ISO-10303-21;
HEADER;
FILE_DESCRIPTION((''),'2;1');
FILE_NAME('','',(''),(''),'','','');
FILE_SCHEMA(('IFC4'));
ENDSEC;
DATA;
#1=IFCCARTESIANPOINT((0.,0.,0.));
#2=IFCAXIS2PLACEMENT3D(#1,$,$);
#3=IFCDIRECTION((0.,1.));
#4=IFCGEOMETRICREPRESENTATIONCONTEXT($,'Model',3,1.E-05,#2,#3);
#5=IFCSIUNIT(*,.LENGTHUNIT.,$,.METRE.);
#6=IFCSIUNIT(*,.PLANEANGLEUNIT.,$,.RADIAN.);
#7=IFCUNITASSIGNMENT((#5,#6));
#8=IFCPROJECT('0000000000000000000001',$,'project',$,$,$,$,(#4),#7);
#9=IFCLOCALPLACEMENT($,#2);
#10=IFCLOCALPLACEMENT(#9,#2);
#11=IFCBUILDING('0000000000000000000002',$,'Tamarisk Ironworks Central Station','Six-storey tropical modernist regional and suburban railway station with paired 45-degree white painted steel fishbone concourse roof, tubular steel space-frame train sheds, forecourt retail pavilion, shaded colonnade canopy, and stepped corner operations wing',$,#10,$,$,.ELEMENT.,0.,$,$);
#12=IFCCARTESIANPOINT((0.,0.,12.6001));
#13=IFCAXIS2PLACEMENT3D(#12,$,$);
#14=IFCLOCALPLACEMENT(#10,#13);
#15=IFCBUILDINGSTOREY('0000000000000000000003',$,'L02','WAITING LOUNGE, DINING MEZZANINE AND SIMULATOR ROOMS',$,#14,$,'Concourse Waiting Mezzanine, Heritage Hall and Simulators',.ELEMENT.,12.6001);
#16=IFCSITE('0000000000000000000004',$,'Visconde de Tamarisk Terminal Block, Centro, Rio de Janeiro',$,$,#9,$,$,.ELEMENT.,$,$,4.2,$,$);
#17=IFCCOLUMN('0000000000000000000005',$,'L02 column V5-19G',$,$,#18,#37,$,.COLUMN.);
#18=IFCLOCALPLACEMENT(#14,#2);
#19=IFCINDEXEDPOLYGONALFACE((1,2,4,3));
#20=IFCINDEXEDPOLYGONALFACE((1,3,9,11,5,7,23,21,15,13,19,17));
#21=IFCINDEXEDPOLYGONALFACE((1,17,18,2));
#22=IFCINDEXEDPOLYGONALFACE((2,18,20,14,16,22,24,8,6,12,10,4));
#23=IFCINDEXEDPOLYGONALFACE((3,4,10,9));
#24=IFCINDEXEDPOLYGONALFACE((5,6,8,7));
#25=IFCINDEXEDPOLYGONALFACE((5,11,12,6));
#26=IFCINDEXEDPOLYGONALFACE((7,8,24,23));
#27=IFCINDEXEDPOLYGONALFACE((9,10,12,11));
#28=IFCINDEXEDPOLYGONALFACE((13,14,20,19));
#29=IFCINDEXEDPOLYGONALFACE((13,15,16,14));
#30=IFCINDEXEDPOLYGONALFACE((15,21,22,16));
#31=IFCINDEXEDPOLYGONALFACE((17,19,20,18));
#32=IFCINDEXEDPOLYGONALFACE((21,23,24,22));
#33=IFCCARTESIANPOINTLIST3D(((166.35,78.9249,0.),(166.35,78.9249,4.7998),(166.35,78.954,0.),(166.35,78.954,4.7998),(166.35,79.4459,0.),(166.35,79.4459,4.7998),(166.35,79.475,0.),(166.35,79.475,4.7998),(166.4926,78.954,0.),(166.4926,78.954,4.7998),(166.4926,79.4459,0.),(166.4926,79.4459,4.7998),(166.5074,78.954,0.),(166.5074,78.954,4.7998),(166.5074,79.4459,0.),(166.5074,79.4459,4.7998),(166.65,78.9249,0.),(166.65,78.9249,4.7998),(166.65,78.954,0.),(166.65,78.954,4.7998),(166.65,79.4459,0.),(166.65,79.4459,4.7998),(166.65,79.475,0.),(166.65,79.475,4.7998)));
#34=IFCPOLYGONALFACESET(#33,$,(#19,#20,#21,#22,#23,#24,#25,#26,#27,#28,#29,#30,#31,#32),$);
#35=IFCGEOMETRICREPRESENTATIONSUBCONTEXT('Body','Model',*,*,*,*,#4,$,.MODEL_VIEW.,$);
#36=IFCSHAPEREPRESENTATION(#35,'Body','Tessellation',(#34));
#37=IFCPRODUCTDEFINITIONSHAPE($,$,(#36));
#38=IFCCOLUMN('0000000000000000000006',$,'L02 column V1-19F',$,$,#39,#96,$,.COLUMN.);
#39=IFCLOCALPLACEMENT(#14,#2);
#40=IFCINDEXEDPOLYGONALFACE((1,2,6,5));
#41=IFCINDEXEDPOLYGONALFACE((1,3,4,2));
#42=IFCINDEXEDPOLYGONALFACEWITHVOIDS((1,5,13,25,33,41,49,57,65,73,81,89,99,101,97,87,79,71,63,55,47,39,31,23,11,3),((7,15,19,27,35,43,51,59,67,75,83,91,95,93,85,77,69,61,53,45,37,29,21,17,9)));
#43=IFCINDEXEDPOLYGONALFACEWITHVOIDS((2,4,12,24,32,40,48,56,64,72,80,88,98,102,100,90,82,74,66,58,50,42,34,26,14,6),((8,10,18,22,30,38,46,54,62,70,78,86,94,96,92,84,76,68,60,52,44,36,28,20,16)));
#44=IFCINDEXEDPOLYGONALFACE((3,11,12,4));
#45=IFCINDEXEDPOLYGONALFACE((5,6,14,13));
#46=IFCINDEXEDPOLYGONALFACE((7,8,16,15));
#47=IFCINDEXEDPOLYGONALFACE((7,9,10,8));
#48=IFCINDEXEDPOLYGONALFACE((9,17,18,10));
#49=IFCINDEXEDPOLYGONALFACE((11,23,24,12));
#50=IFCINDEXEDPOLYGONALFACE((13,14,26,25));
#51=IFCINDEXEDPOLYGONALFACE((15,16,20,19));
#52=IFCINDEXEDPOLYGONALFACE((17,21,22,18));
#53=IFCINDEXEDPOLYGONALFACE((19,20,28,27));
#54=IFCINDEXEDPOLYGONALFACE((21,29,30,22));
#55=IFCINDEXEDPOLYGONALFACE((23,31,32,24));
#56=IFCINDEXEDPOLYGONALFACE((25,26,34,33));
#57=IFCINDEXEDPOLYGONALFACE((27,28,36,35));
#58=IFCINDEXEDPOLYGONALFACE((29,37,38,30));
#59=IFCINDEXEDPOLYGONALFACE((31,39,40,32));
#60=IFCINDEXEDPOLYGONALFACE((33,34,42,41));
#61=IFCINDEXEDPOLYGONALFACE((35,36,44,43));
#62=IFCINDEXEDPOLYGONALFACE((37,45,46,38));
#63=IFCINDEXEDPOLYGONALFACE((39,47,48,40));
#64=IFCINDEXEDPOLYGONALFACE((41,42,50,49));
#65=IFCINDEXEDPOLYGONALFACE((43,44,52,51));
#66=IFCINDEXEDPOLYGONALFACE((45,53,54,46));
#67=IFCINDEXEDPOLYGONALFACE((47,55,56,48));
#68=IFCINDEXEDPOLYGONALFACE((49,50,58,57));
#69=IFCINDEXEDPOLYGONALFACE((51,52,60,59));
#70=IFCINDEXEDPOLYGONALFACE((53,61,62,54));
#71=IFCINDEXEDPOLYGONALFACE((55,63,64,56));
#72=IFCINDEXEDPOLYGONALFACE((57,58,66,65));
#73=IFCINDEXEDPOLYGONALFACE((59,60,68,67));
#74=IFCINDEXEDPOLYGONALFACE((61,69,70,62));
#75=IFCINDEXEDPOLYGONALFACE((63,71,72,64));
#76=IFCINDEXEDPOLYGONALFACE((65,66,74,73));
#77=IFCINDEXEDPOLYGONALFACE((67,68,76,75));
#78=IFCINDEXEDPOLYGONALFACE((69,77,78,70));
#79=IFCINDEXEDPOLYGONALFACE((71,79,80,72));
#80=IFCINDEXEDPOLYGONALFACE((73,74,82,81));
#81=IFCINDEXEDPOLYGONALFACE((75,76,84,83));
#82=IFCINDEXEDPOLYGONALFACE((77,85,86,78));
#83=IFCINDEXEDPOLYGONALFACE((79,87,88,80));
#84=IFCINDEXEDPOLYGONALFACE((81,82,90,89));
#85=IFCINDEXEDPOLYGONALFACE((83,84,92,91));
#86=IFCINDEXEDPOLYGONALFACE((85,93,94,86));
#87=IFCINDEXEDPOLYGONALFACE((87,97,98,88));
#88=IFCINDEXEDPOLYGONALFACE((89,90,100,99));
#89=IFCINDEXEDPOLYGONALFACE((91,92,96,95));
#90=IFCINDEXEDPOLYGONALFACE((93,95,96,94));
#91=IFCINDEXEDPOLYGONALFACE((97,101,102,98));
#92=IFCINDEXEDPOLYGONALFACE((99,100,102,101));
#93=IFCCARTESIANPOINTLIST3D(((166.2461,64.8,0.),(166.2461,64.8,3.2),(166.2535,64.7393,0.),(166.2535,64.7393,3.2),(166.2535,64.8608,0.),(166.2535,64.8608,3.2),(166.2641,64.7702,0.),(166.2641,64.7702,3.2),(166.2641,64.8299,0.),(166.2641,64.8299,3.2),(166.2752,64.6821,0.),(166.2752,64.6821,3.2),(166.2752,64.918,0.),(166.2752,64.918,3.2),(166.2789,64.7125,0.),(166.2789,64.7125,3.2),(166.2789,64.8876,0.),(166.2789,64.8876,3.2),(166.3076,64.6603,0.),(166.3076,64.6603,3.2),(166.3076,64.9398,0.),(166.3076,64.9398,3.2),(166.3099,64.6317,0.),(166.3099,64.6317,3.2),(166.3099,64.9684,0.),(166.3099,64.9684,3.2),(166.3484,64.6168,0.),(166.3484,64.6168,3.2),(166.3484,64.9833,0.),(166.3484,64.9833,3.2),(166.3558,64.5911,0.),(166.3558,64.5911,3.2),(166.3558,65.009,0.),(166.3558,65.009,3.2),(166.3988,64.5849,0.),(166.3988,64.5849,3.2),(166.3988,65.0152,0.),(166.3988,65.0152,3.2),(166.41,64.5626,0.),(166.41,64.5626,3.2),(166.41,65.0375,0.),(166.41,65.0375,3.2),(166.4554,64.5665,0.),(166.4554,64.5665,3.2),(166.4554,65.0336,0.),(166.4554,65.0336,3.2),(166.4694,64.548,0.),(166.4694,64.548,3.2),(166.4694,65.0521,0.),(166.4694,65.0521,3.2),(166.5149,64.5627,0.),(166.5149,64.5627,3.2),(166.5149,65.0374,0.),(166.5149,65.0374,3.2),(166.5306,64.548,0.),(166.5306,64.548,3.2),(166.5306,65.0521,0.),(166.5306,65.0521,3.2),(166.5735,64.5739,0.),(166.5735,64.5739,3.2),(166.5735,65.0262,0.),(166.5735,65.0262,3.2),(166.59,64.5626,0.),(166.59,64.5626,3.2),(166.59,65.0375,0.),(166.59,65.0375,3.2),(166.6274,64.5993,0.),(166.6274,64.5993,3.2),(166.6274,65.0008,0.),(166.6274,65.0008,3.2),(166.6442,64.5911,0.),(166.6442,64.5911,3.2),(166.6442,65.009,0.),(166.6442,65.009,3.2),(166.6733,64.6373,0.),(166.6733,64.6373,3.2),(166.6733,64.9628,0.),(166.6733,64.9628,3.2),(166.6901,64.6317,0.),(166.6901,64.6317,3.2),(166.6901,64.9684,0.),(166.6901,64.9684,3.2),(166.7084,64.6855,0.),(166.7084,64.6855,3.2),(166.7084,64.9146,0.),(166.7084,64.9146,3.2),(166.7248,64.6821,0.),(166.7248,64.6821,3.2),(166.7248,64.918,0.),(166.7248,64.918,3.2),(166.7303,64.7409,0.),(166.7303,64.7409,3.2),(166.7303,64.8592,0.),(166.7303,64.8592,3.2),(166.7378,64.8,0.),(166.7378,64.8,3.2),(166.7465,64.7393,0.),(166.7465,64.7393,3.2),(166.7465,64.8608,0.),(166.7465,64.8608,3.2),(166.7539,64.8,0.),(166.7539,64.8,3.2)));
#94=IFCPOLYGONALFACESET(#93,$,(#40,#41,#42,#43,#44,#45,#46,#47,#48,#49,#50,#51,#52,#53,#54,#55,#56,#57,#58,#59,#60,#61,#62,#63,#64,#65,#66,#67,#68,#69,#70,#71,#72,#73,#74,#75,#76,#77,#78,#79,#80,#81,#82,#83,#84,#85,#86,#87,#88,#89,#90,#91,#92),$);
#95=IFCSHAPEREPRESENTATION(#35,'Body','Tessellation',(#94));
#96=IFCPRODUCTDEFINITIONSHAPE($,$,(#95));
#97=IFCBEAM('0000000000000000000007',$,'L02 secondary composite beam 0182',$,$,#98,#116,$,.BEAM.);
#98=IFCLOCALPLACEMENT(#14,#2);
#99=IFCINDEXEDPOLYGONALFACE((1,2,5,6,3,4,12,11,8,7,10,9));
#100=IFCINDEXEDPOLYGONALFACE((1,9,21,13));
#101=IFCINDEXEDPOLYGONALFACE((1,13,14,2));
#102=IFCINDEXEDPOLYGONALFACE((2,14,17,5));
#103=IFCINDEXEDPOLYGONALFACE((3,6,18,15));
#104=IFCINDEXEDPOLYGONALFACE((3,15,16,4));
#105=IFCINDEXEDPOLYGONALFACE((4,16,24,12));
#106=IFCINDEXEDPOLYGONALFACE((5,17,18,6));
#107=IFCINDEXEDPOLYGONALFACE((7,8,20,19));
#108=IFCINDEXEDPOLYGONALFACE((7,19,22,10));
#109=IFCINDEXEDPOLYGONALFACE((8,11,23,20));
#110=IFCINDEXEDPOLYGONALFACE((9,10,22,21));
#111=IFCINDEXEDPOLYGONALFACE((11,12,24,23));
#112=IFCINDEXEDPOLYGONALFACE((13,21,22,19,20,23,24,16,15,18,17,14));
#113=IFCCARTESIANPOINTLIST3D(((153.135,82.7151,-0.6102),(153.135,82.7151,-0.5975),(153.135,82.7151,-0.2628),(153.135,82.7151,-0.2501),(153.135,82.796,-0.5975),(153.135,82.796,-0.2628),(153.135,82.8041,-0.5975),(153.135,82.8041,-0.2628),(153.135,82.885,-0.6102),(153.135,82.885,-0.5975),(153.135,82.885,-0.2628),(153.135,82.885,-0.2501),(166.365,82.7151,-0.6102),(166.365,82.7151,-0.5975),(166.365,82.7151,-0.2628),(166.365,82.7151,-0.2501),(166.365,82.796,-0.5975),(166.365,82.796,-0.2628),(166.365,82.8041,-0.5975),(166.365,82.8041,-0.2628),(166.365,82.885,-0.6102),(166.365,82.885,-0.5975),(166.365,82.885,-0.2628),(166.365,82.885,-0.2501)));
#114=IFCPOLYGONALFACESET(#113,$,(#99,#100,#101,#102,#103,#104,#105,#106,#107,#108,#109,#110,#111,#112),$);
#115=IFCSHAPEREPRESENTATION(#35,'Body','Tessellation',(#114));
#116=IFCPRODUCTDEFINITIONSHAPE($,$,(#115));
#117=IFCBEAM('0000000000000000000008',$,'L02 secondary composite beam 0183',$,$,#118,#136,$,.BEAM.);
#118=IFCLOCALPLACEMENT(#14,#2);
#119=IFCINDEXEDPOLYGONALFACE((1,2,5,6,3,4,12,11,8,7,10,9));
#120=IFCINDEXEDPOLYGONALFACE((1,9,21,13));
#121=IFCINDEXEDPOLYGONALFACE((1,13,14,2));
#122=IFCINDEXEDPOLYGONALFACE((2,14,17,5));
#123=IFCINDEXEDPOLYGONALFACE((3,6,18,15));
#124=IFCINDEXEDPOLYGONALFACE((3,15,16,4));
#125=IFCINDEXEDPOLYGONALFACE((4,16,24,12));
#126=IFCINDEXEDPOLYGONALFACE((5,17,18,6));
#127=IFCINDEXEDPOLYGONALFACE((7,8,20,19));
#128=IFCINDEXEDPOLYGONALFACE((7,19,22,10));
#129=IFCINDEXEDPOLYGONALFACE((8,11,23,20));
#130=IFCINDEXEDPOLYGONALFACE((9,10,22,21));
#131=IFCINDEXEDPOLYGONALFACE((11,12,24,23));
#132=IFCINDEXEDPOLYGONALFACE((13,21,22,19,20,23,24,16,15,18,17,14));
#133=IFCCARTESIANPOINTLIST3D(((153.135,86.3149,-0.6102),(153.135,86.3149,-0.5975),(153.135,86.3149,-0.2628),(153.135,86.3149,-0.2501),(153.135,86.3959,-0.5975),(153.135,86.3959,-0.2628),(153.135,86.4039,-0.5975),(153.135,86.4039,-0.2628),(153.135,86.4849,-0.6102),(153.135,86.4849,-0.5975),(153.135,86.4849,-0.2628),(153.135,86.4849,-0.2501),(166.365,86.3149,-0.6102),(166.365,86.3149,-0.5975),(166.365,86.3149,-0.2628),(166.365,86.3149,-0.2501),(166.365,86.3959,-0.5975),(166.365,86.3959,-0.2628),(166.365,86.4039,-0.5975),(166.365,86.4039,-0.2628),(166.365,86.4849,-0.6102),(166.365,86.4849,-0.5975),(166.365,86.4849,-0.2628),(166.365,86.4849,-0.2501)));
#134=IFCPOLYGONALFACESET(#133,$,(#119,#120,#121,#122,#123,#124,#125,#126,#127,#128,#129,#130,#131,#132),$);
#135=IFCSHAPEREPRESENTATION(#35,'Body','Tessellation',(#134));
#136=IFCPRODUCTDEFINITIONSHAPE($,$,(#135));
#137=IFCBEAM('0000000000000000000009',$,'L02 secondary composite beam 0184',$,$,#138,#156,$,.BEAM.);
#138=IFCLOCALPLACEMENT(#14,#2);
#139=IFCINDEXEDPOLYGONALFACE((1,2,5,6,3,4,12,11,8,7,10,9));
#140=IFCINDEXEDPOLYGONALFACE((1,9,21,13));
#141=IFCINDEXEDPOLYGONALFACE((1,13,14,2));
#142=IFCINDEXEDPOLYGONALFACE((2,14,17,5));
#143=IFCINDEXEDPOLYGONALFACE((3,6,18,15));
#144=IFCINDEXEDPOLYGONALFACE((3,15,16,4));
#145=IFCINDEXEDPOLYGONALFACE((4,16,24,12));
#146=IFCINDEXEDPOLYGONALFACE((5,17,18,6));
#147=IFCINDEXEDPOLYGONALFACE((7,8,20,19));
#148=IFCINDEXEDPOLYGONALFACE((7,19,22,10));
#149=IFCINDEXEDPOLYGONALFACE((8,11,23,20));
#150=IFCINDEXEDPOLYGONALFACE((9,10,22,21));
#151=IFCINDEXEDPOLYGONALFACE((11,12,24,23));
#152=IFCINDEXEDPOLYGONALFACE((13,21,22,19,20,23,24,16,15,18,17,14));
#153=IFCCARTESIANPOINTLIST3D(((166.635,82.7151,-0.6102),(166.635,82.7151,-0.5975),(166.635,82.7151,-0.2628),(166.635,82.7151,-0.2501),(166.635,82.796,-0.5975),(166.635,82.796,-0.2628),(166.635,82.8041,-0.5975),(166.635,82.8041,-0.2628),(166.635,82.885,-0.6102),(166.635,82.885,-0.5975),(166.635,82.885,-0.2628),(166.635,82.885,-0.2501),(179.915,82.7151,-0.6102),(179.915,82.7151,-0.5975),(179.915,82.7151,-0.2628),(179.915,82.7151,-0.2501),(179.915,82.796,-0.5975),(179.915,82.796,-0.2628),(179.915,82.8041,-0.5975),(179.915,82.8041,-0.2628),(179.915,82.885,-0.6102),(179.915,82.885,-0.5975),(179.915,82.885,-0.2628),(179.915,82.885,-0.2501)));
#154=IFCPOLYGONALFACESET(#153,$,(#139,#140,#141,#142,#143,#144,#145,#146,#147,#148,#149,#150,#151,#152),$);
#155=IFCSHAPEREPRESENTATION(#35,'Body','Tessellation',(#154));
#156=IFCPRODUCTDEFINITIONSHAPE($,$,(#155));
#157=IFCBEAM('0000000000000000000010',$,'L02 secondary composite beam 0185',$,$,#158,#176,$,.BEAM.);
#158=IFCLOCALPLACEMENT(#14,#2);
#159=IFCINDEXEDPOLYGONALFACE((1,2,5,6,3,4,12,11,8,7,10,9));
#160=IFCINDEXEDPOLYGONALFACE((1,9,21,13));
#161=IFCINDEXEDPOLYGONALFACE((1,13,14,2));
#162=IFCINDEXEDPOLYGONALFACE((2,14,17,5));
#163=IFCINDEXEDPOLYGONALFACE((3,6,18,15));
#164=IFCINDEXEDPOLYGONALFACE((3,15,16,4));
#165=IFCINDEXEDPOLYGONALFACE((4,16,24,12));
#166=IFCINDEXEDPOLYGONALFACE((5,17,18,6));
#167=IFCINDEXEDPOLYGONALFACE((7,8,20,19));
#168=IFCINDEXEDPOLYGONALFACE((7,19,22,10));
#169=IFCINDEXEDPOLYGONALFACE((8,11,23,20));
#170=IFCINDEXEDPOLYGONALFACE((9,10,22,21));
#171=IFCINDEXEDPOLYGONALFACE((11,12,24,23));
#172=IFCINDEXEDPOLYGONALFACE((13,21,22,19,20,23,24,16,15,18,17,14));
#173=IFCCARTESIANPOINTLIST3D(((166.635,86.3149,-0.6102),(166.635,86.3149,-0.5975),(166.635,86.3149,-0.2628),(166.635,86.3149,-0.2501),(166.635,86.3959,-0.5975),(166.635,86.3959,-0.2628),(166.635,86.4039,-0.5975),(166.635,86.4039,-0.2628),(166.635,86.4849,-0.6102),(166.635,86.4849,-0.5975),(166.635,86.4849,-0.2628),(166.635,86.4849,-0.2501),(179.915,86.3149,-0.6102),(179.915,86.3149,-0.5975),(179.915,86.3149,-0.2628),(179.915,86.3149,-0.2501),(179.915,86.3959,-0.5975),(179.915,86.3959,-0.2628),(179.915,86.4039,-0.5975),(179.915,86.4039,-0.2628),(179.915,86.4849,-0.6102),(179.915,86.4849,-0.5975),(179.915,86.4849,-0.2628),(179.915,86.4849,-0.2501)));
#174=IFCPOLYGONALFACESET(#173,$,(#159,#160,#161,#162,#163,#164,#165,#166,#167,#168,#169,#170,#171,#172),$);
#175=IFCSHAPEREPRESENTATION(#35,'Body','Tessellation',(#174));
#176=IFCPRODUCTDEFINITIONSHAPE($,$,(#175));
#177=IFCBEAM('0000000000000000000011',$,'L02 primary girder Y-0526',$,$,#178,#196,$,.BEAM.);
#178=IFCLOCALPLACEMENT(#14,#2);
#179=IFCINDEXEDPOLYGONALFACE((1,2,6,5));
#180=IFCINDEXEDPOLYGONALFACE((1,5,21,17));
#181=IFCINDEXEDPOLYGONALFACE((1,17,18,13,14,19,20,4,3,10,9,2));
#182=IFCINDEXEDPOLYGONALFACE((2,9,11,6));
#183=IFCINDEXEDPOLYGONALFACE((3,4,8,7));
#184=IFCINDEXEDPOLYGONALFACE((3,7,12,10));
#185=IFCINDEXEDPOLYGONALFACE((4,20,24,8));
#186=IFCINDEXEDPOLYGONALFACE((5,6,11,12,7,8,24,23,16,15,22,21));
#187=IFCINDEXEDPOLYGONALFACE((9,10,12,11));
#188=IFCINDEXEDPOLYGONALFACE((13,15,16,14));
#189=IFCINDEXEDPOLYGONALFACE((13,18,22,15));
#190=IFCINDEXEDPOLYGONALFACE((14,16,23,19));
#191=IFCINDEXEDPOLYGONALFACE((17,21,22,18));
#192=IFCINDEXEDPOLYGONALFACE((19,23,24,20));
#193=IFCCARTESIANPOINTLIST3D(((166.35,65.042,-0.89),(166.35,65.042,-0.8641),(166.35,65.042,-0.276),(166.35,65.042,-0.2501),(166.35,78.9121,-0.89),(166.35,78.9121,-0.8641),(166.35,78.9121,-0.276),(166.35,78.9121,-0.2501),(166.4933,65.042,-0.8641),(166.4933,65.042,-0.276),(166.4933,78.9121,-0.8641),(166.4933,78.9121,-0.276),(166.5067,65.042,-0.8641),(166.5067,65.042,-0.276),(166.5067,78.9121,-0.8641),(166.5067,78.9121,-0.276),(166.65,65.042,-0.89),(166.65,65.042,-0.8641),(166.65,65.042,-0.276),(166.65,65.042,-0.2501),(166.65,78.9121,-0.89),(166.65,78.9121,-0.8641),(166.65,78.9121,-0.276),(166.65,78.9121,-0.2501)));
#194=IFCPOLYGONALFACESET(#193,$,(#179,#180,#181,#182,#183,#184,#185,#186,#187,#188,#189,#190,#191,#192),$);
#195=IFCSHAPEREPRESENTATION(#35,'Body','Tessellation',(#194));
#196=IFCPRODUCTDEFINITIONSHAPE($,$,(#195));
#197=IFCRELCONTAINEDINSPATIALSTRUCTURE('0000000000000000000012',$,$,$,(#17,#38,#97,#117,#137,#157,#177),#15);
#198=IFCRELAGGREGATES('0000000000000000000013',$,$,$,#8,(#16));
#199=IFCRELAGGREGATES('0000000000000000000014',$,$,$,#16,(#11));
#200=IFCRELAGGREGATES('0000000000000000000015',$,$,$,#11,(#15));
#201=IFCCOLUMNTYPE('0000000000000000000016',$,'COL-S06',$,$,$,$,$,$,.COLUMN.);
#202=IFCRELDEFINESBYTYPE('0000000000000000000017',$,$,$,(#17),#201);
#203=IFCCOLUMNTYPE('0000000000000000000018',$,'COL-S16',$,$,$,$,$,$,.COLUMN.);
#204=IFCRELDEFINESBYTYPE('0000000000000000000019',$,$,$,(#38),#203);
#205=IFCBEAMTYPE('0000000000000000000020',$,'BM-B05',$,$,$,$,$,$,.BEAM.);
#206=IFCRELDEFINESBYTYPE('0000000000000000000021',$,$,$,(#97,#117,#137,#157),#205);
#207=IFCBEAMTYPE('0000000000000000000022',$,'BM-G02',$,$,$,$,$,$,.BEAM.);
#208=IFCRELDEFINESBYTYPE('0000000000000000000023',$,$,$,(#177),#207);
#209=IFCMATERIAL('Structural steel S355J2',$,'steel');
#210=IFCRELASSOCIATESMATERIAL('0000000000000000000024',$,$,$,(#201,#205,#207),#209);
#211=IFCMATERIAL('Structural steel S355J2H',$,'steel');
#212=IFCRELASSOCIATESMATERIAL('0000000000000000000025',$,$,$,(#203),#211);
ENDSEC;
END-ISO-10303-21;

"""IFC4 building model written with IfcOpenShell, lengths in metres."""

from ifc_helpers import new_model, si_unit, direction, frame, origin, origin_2d, place, context, subcontext, project, spatial, hollow_circle, i_section, extrude, material, material_profile, profile_set, type_object, element, save


model = new_model("IFC4")

# Units and contexts
model_context = context("Model", 3, precision=1e-05, world=origin(), true_north=direction((0.0, 1.0)))
body_context = subcontext(model_context, "Body", "Model", "MODEL_VIEW")
ifc_project = project(units=[si_unit("LENGTHUNIT", "METRE"), si_unit("PLANEANGLEUNIT", "RADIAN")], contexts=[model_context])

# Site, building, storey
site_placement = place(None, origin())
site = spatial("IfcSite", under=ifc_project, at=site_placement, Name="Visconde de Tamarisk Terminal Block, Centro, Rio de Janeiro", CompositionType="ELEMENT", RefElevation=4.2)
building_placement = place(site_placement, origin())
building = spatial("IfcBuilding", under=site, at=building_placement, Name="Tamarisk Ironworks Central Station", Description="Six-storey tropical modernist regional and suburban railway station with paired 45-degree white painted steel fishbone concourse roof, tubular steel space-frame train sheds, forecourt retail pavilion, shaded colonnade canopy, and stepped corner operations wing", CompositionType="ELEMENT", ElevationOfRefHeight=0.0)
storey_placement = place(building_placement, frame((0.0, 0.0, 12.6001)))
storey = spatial("IfcBuildingStorey", under=building, at=storey_placement, Name="L02", Description="WAITING LOUNGE, DINING MEZZANINE AND SIMULATOR ROOMS", LongName="Concourse Waiting Mezzanine, Heritage Hall and Simulators", CompositionType="ELEMENT", Elevation=12.6001)

# Columns
ifc_material_1 = material(Name="Structural steel S355J2", Category="steel")
ifc_material_profile_1 = material_profile(ifc_material_1, i_section(OverallWidth=0.3, OverallDepth=0.55, WebThickness=0.0149, FlangeThickness=0.0291, at=origin_2d()), Name="HEB 550")
ifc_profile_set_1 = profile_set([ifc_material_profile_1], Name="Structural steel S355J2")
column_type_1 = type_object("IfcColumnType", Name="COL-S06", PredefinedType="COLUMN", material=ifc_profile_set_1)
column_1_placement = place(storey_placement, frame((166.5, 79.2, 0.0), z_axis=(0.0, 0.0, 1.0), x_axis=(1.0, 0.0, 0.0)))
element("IfcColumn", 1, at=column_1_placement, inside=storey, type_object=column_type_1, Name="L02 column V5-19G", PredefinedType="COLUMN", context=body_context, shape_type="SweptSolid", body=[
    extrude(i_section(OverallWidth=0.3, OverallDepth=0.55, WebThickness=0.0149, FlangeThickness=0.0291, at=origin_2d()), origin(), (0.0, 0.0, 1.0), 4.7998),
])
ifc_material_2 = material(Name="Structural steel S355J2H", Category="steel")
ifc_material_profile_2 = material_profile(ifc_material_2, hollow_circle(Radius=0.2539, WallThickness=0.0161, at=origin_2d()), Name="CHS 508x16")
ifc_profile_set_2 = profile_set([ifc_material_profile_2], Name="Structural steel S355J2H")
column_type_2 = type_object("IfcColumnType", Name="COL-S16", PredefinedType="COLUMN", material=ifc_profile_set_2)
column_2_placement = place(storey_placement, frame((166.5, 64.8, 0.0), z_axis=(0.0, 0.0, 1.0), x_axis=(1.0, 0.0, 0.0)))
element("IfcColumn", 2, at=column_2_placement, inside=storey, type_object=column_type_2, Name="L02 column V1-19F", PredefinedType="COLUMN", context=body_context, shape_type="SweptSolid", body=[
    extrude(hollow_circle(Radius=0.2539, WallThickness=0.0161, at=origin_2d()), origin(), (0.0, 0.0, 1.0), 3.2),
])

# Beams
ifc_material_profile_3 = material_profile(ifc_material_1, i_section(OverallWidth=0.1699, OverallDepth=0.3601, WebThickness=0.0081, FlangeThickness=0.0127, at=origin_2d()), Name="IPE 360")
ifc_profile_set_3 = profile_set([ifc_material_profile_3], Name="Structural steel S355J2")
beam_type_1 = type_object("IfcBeamType", Name="BM-B05", PredefinedType="BEAM", material=ifc_profile_set_3)
for number, where, z_axis, x_axis, name in (
    (3, (153.135, 82.8, -0.4302), (1.0, 0.0, 0.0), (0.0, 1.0, 0.0), "L02 secondary composite beam 0182"),
    (4, (153.135, 86.3999, -0.4302), (1.0, 0.0, 0.0), (0.0, 1.0, 0.0), "L02 secondary composite beam 0183"),
):
    element("IfcBeam", number, at=place(storey_placement, frame(where, z_axis=z_axis, x_axis=x_axis)), inside=storey, type_object=beam_type_1, Name=name, PredefinedType="BEAM", context=body_context, shape_type="SweptSolid", body=[
        extrude(i_section(OverallWidth=0.1699, OverallDepth=0.3601, WebThickness=0.0081, FlangeThickness=0.0127, at=origin_2d()), origin(), (0.0, 0.0, 1.0), 13.23),
    ])
for number, where, z_axis, x_axis, name in (
    (5, (166.635, 82.8, -0.4302), (1.0, 0.0, 0.0), (0.0, 1.0, 0.0), "L02 secondary composite beam 0184"),
    (6, (166.635, 86.3999, -0.4302), (1.0, 0.0, 0.0), (0.0, 1.0, 0.0), "L02 secondary composite beam 0185"),
):
    element("IfcBeam", number, at=place(storey_placement, frame(where, z_axis=z_axis, x_axis=x_axis)), inside=storey, type_object=beam_type_1, Name=name, PredefinedType="BEAM", context=body_context, shape_type="SweptSolid", body=[
        extrude(i_section(OverallWidth=0.1699, OverallDepth=0.3601, WebThickness=0.0081, FlangeThickness=0.0127, at=origin_2d()), origin(), (0.0, 0.0, 1.0), 13.28),
    ])
ifc_material_profile_4 = material_profile(ifc_material_1, i_section(OverallWidth=0.3, OverallDepth=0.6399, WebThickness=0.0134, FlangeThickness=0.0259, at=origin_2d()), Name="HEA 650")
ifc_profile_set_4 = profile_set([ifc_material_profile_4], Name="Structural steel S355J2")
beam_type_2 = type_object("IfcBeamType", Name="BM-G02", PredefinedType="BEAM", material=ifc_profile_set_4)
beam_1_placement = place(storey_placement, frame((166.5, 65.042, -0.5701), z_axis=(0.0, 1.0, 0.0), x_axis=(-1.0, 0.0, 0.0)))
element("IfcBeam", 7, at=beam_1_placement, inside=storey, type_object=beam_type_2, Name="L02 primary girder Y-0526", PredefinedType="BEAM", context=body_context, shape_type="SweptSolid", body=[
    extrude(i_section(OverallWidth=0.3, OverallDepth=0.6399, WebThickness=0.0134, FlangeThickness=0.0259, at=origin_2d()), origin(), (0.0, 0.0, 1.0), 13.8701),
])

save(model, "model.ifc")
